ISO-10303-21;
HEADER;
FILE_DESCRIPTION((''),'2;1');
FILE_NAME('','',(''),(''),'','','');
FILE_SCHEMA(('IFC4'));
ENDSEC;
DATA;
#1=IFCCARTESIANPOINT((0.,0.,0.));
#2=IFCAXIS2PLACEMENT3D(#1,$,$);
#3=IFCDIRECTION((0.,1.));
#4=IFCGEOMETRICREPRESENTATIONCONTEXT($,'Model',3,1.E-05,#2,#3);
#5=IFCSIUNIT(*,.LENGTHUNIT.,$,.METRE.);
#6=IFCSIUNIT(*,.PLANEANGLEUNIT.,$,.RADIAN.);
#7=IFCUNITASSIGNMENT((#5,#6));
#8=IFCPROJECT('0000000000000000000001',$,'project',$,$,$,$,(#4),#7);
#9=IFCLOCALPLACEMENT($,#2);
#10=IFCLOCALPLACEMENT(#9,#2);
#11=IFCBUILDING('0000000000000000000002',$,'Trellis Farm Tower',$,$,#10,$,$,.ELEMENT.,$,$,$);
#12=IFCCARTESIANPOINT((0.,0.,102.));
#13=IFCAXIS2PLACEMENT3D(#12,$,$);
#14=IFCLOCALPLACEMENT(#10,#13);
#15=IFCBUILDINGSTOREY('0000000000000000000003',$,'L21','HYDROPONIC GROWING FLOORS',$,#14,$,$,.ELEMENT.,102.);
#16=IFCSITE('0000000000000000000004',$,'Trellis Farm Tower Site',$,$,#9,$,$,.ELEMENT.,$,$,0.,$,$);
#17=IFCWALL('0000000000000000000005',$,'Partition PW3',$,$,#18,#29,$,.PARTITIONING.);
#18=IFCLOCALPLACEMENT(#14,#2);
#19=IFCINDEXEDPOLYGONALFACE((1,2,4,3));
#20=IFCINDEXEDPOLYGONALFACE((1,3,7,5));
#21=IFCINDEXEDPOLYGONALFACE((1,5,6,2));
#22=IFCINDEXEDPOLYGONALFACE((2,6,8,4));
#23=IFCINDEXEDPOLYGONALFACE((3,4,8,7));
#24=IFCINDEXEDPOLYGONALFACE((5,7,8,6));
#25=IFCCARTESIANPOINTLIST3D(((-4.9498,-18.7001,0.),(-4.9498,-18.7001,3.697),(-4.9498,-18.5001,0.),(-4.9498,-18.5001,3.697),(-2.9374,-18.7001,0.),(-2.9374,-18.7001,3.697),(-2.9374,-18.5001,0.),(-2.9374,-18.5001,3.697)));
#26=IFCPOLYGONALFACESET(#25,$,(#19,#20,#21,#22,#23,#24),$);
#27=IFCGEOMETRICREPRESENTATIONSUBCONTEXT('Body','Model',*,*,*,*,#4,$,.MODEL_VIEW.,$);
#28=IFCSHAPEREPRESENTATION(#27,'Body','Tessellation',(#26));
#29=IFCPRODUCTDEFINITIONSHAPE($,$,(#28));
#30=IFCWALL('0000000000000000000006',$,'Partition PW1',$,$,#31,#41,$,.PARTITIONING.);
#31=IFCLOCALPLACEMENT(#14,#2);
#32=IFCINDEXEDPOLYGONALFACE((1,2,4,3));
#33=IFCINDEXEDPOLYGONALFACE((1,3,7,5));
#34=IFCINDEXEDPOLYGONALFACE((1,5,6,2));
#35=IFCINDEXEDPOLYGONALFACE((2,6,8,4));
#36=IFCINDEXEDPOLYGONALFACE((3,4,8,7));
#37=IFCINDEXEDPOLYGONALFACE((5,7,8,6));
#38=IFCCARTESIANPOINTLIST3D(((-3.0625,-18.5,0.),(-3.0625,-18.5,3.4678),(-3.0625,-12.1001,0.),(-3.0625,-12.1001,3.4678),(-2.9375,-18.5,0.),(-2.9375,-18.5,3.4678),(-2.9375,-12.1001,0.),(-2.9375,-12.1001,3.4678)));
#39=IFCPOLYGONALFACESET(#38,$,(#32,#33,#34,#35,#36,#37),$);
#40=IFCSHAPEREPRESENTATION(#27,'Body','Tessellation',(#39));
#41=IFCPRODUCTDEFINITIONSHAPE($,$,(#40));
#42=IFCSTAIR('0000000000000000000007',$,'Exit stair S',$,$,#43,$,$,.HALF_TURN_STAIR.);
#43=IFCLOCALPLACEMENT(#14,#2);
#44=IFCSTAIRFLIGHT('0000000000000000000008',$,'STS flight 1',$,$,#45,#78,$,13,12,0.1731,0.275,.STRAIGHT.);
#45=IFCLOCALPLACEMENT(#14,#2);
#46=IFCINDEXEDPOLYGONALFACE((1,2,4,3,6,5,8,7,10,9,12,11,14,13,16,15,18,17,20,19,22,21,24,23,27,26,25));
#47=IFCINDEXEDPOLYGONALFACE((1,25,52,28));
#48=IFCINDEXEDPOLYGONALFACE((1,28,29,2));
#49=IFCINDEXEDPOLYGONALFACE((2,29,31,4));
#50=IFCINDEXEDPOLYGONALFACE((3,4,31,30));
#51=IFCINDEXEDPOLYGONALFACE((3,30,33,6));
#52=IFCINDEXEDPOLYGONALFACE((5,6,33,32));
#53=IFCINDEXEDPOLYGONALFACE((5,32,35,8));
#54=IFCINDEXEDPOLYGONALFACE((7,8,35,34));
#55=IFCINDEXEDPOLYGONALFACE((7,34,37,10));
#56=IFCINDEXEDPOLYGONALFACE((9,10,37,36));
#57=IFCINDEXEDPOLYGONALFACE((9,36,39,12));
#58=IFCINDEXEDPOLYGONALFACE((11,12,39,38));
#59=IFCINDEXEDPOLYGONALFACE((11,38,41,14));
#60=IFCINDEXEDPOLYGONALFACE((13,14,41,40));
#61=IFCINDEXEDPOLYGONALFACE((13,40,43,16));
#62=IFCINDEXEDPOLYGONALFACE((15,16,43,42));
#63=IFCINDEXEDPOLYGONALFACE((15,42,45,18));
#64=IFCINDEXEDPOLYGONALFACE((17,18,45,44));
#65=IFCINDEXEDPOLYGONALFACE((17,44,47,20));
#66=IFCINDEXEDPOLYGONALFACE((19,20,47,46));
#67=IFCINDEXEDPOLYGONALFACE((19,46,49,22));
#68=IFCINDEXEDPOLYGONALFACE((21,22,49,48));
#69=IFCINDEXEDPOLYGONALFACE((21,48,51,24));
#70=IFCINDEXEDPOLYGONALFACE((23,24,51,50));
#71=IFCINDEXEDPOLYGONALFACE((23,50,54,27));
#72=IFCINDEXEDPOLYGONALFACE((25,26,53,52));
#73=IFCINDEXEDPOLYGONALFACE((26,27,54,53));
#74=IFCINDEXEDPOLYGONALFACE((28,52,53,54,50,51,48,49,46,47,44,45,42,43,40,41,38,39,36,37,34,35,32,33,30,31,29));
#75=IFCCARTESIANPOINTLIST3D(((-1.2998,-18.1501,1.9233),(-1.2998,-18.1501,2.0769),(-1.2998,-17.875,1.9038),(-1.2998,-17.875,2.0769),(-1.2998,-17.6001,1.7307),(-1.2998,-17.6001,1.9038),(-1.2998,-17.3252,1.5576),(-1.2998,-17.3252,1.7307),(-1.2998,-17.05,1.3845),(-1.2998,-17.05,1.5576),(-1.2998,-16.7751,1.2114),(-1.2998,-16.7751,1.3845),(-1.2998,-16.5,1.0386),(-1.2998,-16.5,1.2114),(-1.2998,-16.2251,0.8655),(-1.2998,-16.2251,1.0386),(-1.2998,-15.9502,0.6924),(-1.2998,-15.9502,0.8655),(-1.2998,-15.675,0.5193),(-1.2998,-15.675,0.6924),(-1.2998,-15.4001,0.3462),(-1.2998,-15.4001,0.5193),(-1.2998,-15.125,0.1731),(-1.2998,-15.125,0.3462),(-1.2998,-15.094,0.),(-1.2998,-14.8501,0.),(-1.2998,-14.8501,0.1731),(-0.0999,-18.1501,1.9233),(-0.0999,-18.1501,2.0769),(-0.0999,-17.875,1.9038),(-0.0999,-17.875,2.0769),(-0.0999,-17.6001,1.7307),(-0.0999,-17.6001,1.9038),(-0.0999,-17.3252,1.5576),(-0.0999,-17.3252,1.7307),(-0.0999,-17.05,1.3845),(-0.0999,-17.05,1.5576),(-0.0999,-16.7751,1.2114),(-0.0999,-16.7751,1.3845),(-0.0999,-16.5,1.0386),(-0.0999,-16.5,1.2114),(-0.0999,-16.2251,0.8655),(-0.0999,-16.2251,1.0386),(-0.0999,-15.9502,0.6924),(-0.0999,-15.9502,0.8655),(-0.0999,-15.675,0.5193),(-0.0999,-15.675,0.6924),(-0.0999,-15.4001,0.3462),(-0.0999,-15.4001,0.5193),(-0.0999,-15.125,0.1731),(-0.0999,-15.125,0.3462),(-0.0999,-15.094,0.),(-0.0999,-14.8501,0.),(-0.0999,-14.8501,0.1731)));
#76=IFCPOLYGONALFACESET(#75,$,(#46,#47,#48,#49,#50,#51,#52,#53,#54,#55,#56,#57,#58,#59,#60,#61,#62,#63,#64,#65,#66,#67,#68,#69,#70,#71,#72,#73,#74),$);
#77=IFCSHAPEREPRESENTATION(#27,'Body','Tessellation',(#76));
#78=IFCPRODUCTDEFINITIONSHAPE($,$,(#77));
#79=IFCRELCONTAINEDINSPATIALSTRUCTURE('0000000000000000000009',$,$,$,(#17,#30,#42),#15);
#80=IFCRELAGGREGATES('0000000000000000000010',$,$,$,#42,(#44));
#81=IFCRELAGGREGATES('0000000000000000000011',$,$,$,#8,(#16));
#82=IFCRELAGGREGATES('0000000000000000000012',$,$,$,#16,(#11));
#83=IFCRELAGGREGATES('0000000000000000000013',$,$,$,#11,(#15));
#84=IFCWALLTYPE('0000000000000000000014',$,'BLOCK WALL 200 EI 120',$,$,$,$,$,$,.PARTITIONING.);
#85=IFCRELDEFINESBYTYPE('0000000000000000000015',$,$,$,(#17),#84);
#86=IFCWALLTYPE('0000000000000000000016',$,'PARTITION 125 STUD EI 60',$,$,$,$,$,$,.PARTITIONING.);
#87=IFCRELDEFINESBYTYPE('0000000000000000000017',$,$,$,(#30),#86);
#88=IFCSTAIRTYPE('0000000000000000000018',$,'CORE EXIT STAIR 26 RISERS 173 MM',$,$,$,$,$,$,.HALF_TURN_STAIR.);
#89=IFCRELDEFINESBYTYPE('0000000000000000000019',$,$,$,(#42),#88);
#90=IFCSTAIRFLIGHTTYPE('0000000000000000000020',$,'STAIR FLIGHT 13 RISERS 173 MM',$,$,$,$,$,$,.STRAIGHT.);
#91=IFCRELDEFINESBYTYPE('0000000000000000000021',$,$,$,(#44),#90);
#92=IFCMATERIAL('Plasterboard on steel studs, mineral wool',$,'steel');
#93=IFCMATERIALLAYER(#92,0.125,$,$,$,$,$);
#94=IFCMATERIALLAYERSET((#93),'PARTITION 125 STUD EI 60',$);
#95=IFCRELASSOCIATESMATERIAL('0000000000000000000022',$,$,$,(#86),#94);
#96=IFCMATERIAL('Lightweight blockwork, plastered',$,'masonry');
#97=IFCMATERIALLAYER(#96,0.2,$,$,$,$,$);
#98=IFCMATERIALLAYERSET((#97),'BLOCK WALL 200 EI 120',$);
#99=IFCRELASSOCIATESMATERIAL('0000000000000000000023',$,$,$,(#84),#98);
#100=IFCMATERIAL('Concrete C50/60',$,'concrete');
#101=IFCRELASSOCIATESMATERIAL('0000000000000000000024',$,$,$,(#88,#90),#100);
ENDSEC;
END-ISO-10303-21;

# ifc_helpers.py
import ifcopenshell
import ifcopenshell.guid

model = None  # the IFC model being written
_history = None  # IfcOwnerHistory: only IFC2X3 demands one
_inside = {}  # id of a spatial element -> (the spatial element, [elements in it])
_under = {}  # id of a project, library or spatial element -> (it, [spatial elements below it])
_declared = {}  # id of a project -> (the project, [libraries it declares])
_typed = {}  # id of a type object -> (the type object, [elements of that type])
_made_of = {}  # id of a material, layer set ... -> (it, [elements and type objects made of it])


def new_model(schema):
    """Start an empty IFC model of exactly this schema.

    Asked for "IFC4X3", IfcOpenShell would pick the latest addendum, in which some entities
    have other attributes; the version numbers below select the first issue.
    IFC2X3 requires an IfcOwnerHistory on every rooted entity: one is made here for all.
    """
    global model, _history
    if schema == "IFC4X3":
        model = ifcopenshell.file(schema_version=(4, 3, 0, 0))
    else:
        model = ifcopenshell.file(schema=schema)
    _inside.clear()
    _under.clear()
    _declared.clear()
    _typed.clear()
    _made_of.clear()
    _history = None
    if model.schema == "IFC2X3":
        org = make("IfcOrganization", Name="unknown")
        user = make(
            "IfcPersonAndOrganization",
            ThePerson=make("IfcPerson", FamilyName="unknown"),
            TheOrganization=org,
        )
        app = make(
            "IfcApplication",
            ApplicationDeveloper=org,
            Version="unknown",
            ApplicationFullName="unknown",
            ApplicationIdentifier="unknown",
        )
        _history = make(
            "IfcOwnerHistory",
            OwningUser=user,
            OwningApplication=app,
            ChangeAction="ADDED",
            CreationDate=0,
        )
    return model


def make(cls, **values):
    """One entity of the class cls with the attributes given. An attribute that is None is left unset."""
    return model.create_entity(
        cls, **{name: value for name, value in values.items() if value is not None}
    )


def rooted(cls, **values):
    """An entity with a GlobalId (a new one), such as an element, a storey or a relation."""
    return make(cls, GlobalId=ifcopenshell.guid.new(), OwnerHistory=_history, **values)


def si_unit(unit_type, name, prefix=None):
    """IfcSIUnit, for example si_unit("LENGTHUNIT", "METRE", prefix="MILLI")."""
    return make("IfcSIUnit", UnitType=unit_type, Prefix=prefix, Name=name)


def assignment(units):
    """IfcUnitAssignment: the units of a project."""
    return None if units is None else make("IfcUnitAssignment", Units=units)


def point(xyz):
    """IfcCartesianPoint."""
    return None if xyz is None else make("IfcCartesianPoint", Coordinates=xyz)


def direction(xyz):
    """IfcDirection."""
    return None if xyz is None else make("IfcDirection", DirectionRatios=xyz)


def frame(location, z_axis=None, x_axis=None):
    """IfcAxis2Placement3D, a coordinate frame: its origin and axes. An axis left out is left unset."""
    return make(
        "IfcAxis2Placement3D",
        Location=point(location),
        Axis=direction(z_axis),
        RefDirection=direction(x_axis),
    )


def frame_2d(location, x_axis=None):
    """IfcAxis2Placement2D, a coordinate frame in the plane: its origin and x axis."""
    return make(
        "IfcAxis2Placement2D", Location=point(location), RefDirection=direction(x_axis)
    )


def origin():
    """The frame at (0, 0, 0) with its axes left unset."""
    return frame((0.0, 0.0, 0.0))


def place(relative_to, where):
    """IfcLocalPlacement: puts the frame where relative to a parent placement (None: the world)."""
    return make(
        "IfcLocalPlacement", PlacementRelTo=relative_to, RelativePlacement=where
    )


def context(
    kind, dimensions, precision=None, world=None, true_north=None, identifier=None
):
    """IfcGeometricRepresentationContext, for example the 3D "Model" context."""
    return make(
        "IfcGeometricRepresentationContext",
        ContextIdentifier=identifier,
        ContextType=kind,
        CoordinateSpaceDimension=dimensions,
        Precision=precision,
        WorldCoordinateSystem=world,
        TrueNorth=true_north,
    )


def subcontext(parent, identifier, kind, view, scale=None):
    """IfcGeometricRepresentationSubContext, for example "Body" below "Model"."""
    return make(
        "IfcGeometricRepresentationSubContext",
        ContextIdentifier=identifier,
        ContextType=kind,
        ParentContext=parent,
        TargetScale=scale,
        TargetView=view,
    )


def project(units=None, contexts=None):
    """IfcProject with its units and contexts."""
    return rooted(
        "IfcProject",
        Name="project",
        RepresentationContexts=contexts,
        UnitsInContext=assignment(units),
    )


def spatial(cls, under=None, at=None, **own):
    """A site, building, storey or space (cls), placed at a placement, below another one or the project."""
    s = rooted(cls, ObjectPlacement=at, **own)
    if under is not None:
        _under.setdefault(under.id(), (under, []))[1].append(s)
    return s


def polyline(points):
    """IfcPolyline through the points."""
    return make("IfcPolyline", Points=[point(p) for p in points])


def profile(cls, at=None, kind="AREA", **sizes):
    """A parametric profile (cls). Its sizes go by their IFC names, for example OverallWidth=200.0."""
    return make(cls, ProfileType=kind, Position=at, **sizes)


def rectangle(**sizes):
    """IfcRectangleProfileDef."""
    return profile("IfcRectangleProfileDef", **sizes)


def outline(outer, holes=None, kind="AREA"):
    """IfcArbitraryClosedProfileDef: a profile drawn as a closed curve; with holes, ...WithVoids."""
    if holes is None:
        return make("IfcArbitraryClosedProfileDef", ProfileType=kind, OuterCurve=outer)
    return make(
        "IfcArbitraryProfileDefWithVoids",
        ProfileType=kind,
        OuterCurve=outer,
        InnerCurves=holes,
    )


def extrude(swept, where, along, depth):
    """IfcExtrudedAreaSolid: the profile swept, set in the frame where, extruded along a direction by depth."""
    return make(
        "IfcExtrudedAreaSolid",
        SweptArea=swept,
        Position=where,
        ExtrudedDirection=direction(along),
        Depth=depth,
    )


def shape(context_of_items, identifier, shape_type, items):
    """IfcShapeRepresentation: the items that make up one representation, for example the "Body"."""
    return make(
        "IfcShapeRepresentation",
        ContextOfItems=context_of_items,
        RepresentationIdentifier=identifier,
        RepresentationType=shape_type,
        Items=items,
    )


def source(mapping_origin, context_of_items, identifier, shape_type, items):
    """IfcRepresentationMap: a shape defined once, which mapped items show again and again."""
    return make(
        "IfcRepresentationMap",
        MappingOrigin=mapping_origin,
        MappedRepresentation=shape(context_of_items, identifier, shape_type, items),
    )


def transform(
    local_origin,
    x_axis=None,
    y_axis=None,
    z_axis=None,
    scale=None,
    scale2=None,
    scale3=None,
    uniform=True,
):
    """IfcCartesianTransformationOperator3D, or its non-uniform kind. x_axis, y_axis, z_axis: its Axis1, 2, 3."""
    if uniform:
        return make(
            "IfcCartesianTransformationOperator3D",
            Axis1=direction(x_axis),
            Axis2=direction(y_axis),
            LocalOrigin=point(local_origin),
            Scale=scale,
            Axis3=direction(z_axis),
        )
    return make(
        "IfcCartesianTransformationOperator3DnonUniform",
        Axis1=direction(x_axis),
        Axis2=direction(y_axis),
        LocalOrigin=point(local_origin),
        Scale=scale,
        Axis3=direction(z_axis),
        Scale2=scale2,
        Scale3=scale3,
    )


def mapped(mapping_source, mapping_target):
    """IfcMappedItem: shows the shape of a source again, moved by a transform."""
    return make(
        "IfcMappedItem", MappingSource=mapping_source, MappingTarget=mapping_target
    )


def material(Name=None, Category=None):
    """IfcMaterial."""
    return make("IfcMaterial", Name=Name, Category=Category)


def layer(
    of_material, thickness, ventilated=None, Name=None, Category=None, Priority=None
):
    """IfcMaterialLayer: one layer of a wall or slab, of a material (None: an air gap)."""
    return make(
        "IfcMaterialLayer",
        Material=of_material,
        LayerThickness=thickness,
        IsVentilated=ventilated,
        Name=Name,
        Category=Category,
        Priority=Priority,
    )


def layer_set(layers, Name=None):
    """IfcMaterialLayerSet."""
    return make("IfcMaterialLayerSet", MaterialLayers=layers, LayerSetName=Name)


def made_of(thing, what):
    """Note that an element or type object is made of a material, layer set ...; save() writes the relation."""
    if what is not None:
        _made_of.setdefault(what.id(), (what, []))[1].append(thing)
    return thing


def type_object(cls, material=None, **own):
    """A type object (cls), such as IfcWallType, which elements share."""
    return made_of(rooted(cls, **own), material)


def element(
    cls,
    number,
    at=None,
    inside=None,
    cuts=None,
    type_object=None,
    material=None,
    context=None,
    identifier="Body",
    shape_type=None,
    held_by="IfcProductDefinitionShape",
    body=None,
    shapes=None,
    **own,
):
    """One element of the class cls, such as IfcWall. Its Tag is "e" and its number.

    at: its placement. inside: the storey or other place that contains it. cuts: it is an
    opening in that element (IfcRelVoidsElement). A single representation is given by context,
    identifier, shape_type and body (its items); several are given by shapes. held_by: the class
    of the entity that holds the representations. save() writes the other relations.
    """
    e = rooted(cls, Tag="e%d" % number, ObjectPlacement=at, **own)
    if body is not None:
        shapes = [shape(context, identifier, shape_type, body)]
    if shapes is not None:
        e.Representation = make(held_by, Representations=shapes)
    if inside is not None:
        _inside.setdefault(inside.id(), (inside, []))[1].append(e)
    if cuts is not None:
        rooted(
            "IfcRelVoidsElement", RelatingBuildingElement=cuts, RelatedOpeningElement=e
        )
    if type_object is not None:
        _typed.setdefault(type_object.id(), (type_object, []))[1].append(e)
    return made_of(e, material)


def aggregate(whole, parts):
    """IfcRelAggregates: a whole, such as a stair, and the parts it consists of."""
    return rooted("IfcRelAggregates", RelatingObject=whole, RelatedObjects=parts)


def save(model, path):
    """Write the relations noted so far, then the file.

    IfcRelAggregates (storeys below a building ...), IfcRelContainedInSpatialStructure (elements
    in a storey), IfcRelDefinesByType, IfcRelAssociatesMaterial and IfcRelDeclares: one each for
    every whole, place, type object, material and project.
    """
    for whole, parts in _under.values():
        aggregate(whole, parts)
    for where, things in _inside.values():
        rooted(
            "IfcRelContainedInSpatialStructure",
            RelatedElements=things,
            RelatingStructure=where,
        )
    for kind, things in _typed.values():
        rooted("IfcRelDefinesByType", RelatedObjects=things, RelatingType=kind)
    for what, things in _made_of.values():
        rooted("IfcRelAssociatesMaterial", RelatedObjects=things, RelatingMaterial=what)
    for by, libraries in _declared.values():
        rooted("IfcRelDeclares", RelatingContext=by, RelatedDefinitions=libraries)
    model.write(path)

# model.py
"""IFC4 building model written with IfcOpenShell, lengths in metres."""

from ifc_helpers import new_model, si_unit, direction, frame, frame_2d, origin, place, context, subcontext, project, spatial, polyline, rectangle, outline, extrude, source, transform, mapped, material, layer, layer_set, type_object, element, aggregate, save


model = new_model("IFC4")

# Units and contexts
model_context = context("Model", 3, precision=1e-05, world=origin(), true_north=direction((0.0, 1.0)))
body_context = subcontext(model_context, "Body", "Model", "MODEL_VIEW")
ifc_project = project(units=[si_unit("LENGTHUNIT", "METRE"), si_unit("PLANEANGLEUNIT", "RADIAN")], contexts=[model_context])

# Site, building, storey
site_placement = place(None, origin())
site = spatial("IfcSite", under=ifc_project, at=site_placement, Name="Trellis Farm Tower Site", CompositionType="ELEMENT", RefElevation=0.0)
building_placement = place(site_placement, origin())
building = spatial("IfcBuilding", under=site, at=building_placement, Name="Trellis Farm Tower", CompositionType="ELEMENT")
storey_placement = place(building_placement, frame((0.0, 0.0, 102.0)))
storey = spatial("IfcBuildingStorey", under=building, at=storey_placement, Name="L21", Description="HYDROPONIC GROWING FLOORS", CompositionType="ELEMENT", Elevation=102.0)

# Shared definitions
placement = place(storey_placement, origin())

# Shared definitions
ifc_material_1 = material(Name="Plasterboard on steel studs, mineral wool", Category="steel")
ifc_layer_1 = layer(ifc_material_1, 0.125)
ifc_layer_set_1 = layer_set([ifc_layer_1], Name="PARTITION 125 STUD EI 60")
wall_type_1 = type_object("IfcWallType", Name="PARTITION 125 STUD EI 60", PredefinedType="PARTITIONING", material=ifc_layer_set_1)

# Walls
ifc_material_2 = material(Name="Lightweight blockwork, plastered", Category="masonry")
ifc_layer_2 = layer(ifc_material_2, 0.2)
ifc_layer_set_2 = layer_set([ifc_layer_2], Name="BLOCK WALL 200 EI 120")
wall_type_2 = type_object("IfcWallType", Name="BLOCK WALL 200 EI 120", PredefinedType="PARTITIONING", material=ifc_layer_set_2)
shared_shape_1 = source(origin(), body_context, "Body", "SweptSolid", [
    extrude(rectangle(XDim=2.0125, YDim=0.2, at=frame_2d((1.0063, 0.0))), origin(), (0.0, 0.0, 1.0), 3.697),
])
wall_1_placement = place(storey_placement, frame((-4.95, -18.6001, 0.0), z_axis=(0.0, 0.0, 1.0), x_axis=(1.0, 0.0, 0.0)))
element("IfcWall", 1, at=wall_1_placement, inside=storey, type_object=wall_type_2, Name="Partition PW3", PredefinedType="PARTITIONING", context=body_context, shape_type="MappedRepresentation", body=[
    mapped(shared_shape_1, transform((0.0, 0.0, 0.0))),
])
shared_shape_2 = source(origin(), body_context, "Body", "SweptSolid", [
    extrude(rectangle(XDim=6.3999, YDim=0.125, at=frame_2d((3.2, 0.0))), origin(), (0.0, 0.0, 1.0), 3.4678),
])
wall_2_placement = place(storey_placement, frame((-3.0, -18.5, 0.0), z_axis=(0.0, 0.0, 1.0), x_axis=(0.0, 1.0, 0.0)))
element("IfcWall", 2, at=wall_2_placement, inside=storey, type_object=wall_type_1, Name="Partition PW1", PredefinedType="PARTITIONING", context=body_context, shape_type="MappedRepresentation", body=[
    mapped(shared_shape_2, transform((0.0, 0.0, 0.0))),
])

# Stair, stair flight
ifc_material_3 = material(Name="Concrete C50/60", Category="concrete")
stair_type = type_object("IfcStairType", Name="CORE EXIT STAIR 26 RISERS 173 MM", PredefinedType="HALF_TURN_STAIR", material=ifc_material_3)
stair = element("IfcStair", 3, at=placement, inside=storey, type_object=stair_type, Name="Exit stair S", PredefinedType="HALF_TURN_STAIR")
stair_flight_type = type_object("IfcStairFlightType", Name="STAIR FLIGHT 13 RISERS 173 MM", PredefinedType="STRAIGHT", material=ifc_material_3)
shared_shape_3 = source(origin(), body_context, "Body", "SweptSolid", [
    extrude(outline(polyline([(0.0, 0.0), (0.0, 0.1731), (0.2749, 0.1731), (0.2749, 0.3462), (0.55, 0.3462), (0.55, 0.5193), (0.825, 0.5193), (0.825, 0.6924), (1.1001, 0.6924), (1.1001, 0.8655), (1.375, 0.8655), (1.375, 1.0386), (1.6499, 1.0386), (1.6499, 1.2114), (1.925, 1.2114), (1.925, 1.3845), (2.2, 1.3845), (2.2, 1.5576), (2.4751, 1.5576), (2.4751, 1.7307), (2.75, 1.7307), (2.75, 1.9038), (3.0249, 1.9038), (3.0249, 2.0769), (3.3, 2.0769), (3.3, 2.25), (3.3, 1.9233), (0.2439, 0.0), (0.0, 0.0)])), frame((0.0, 0.6001, 0.0), z_axis=(0.0, -1.0, 0.0), x_axis=(1.0, 0.0, 0.0)), (0.0, 0.0, 1.0), 1.2),
])
stair_flight_placement = place(storey_placement, frame((-0.7, -14.8501, 0.0), z_axis=(0.0, 0.0, 1.0), x_axis=(0.0, -1.0, 0.0)))
stair_flight = element("IfcStairFlight", 4, at=stair_flight_placement, type_object=stair_flight_type, Name="STS flight 1", NumberOfRisers=13, NumberOfTreads=12, PredefinedType="STRAIGHT", RiserHeight=0.1731, TreadLength=0.275, context=body_context, shape_type="MappedRepresentation", body=[
    mapped(shared_shape_3, transform((0.0, 0.0, 0.0))),
])
aggregate(stair, [stair_flight])

save(model, "model.ifc")
